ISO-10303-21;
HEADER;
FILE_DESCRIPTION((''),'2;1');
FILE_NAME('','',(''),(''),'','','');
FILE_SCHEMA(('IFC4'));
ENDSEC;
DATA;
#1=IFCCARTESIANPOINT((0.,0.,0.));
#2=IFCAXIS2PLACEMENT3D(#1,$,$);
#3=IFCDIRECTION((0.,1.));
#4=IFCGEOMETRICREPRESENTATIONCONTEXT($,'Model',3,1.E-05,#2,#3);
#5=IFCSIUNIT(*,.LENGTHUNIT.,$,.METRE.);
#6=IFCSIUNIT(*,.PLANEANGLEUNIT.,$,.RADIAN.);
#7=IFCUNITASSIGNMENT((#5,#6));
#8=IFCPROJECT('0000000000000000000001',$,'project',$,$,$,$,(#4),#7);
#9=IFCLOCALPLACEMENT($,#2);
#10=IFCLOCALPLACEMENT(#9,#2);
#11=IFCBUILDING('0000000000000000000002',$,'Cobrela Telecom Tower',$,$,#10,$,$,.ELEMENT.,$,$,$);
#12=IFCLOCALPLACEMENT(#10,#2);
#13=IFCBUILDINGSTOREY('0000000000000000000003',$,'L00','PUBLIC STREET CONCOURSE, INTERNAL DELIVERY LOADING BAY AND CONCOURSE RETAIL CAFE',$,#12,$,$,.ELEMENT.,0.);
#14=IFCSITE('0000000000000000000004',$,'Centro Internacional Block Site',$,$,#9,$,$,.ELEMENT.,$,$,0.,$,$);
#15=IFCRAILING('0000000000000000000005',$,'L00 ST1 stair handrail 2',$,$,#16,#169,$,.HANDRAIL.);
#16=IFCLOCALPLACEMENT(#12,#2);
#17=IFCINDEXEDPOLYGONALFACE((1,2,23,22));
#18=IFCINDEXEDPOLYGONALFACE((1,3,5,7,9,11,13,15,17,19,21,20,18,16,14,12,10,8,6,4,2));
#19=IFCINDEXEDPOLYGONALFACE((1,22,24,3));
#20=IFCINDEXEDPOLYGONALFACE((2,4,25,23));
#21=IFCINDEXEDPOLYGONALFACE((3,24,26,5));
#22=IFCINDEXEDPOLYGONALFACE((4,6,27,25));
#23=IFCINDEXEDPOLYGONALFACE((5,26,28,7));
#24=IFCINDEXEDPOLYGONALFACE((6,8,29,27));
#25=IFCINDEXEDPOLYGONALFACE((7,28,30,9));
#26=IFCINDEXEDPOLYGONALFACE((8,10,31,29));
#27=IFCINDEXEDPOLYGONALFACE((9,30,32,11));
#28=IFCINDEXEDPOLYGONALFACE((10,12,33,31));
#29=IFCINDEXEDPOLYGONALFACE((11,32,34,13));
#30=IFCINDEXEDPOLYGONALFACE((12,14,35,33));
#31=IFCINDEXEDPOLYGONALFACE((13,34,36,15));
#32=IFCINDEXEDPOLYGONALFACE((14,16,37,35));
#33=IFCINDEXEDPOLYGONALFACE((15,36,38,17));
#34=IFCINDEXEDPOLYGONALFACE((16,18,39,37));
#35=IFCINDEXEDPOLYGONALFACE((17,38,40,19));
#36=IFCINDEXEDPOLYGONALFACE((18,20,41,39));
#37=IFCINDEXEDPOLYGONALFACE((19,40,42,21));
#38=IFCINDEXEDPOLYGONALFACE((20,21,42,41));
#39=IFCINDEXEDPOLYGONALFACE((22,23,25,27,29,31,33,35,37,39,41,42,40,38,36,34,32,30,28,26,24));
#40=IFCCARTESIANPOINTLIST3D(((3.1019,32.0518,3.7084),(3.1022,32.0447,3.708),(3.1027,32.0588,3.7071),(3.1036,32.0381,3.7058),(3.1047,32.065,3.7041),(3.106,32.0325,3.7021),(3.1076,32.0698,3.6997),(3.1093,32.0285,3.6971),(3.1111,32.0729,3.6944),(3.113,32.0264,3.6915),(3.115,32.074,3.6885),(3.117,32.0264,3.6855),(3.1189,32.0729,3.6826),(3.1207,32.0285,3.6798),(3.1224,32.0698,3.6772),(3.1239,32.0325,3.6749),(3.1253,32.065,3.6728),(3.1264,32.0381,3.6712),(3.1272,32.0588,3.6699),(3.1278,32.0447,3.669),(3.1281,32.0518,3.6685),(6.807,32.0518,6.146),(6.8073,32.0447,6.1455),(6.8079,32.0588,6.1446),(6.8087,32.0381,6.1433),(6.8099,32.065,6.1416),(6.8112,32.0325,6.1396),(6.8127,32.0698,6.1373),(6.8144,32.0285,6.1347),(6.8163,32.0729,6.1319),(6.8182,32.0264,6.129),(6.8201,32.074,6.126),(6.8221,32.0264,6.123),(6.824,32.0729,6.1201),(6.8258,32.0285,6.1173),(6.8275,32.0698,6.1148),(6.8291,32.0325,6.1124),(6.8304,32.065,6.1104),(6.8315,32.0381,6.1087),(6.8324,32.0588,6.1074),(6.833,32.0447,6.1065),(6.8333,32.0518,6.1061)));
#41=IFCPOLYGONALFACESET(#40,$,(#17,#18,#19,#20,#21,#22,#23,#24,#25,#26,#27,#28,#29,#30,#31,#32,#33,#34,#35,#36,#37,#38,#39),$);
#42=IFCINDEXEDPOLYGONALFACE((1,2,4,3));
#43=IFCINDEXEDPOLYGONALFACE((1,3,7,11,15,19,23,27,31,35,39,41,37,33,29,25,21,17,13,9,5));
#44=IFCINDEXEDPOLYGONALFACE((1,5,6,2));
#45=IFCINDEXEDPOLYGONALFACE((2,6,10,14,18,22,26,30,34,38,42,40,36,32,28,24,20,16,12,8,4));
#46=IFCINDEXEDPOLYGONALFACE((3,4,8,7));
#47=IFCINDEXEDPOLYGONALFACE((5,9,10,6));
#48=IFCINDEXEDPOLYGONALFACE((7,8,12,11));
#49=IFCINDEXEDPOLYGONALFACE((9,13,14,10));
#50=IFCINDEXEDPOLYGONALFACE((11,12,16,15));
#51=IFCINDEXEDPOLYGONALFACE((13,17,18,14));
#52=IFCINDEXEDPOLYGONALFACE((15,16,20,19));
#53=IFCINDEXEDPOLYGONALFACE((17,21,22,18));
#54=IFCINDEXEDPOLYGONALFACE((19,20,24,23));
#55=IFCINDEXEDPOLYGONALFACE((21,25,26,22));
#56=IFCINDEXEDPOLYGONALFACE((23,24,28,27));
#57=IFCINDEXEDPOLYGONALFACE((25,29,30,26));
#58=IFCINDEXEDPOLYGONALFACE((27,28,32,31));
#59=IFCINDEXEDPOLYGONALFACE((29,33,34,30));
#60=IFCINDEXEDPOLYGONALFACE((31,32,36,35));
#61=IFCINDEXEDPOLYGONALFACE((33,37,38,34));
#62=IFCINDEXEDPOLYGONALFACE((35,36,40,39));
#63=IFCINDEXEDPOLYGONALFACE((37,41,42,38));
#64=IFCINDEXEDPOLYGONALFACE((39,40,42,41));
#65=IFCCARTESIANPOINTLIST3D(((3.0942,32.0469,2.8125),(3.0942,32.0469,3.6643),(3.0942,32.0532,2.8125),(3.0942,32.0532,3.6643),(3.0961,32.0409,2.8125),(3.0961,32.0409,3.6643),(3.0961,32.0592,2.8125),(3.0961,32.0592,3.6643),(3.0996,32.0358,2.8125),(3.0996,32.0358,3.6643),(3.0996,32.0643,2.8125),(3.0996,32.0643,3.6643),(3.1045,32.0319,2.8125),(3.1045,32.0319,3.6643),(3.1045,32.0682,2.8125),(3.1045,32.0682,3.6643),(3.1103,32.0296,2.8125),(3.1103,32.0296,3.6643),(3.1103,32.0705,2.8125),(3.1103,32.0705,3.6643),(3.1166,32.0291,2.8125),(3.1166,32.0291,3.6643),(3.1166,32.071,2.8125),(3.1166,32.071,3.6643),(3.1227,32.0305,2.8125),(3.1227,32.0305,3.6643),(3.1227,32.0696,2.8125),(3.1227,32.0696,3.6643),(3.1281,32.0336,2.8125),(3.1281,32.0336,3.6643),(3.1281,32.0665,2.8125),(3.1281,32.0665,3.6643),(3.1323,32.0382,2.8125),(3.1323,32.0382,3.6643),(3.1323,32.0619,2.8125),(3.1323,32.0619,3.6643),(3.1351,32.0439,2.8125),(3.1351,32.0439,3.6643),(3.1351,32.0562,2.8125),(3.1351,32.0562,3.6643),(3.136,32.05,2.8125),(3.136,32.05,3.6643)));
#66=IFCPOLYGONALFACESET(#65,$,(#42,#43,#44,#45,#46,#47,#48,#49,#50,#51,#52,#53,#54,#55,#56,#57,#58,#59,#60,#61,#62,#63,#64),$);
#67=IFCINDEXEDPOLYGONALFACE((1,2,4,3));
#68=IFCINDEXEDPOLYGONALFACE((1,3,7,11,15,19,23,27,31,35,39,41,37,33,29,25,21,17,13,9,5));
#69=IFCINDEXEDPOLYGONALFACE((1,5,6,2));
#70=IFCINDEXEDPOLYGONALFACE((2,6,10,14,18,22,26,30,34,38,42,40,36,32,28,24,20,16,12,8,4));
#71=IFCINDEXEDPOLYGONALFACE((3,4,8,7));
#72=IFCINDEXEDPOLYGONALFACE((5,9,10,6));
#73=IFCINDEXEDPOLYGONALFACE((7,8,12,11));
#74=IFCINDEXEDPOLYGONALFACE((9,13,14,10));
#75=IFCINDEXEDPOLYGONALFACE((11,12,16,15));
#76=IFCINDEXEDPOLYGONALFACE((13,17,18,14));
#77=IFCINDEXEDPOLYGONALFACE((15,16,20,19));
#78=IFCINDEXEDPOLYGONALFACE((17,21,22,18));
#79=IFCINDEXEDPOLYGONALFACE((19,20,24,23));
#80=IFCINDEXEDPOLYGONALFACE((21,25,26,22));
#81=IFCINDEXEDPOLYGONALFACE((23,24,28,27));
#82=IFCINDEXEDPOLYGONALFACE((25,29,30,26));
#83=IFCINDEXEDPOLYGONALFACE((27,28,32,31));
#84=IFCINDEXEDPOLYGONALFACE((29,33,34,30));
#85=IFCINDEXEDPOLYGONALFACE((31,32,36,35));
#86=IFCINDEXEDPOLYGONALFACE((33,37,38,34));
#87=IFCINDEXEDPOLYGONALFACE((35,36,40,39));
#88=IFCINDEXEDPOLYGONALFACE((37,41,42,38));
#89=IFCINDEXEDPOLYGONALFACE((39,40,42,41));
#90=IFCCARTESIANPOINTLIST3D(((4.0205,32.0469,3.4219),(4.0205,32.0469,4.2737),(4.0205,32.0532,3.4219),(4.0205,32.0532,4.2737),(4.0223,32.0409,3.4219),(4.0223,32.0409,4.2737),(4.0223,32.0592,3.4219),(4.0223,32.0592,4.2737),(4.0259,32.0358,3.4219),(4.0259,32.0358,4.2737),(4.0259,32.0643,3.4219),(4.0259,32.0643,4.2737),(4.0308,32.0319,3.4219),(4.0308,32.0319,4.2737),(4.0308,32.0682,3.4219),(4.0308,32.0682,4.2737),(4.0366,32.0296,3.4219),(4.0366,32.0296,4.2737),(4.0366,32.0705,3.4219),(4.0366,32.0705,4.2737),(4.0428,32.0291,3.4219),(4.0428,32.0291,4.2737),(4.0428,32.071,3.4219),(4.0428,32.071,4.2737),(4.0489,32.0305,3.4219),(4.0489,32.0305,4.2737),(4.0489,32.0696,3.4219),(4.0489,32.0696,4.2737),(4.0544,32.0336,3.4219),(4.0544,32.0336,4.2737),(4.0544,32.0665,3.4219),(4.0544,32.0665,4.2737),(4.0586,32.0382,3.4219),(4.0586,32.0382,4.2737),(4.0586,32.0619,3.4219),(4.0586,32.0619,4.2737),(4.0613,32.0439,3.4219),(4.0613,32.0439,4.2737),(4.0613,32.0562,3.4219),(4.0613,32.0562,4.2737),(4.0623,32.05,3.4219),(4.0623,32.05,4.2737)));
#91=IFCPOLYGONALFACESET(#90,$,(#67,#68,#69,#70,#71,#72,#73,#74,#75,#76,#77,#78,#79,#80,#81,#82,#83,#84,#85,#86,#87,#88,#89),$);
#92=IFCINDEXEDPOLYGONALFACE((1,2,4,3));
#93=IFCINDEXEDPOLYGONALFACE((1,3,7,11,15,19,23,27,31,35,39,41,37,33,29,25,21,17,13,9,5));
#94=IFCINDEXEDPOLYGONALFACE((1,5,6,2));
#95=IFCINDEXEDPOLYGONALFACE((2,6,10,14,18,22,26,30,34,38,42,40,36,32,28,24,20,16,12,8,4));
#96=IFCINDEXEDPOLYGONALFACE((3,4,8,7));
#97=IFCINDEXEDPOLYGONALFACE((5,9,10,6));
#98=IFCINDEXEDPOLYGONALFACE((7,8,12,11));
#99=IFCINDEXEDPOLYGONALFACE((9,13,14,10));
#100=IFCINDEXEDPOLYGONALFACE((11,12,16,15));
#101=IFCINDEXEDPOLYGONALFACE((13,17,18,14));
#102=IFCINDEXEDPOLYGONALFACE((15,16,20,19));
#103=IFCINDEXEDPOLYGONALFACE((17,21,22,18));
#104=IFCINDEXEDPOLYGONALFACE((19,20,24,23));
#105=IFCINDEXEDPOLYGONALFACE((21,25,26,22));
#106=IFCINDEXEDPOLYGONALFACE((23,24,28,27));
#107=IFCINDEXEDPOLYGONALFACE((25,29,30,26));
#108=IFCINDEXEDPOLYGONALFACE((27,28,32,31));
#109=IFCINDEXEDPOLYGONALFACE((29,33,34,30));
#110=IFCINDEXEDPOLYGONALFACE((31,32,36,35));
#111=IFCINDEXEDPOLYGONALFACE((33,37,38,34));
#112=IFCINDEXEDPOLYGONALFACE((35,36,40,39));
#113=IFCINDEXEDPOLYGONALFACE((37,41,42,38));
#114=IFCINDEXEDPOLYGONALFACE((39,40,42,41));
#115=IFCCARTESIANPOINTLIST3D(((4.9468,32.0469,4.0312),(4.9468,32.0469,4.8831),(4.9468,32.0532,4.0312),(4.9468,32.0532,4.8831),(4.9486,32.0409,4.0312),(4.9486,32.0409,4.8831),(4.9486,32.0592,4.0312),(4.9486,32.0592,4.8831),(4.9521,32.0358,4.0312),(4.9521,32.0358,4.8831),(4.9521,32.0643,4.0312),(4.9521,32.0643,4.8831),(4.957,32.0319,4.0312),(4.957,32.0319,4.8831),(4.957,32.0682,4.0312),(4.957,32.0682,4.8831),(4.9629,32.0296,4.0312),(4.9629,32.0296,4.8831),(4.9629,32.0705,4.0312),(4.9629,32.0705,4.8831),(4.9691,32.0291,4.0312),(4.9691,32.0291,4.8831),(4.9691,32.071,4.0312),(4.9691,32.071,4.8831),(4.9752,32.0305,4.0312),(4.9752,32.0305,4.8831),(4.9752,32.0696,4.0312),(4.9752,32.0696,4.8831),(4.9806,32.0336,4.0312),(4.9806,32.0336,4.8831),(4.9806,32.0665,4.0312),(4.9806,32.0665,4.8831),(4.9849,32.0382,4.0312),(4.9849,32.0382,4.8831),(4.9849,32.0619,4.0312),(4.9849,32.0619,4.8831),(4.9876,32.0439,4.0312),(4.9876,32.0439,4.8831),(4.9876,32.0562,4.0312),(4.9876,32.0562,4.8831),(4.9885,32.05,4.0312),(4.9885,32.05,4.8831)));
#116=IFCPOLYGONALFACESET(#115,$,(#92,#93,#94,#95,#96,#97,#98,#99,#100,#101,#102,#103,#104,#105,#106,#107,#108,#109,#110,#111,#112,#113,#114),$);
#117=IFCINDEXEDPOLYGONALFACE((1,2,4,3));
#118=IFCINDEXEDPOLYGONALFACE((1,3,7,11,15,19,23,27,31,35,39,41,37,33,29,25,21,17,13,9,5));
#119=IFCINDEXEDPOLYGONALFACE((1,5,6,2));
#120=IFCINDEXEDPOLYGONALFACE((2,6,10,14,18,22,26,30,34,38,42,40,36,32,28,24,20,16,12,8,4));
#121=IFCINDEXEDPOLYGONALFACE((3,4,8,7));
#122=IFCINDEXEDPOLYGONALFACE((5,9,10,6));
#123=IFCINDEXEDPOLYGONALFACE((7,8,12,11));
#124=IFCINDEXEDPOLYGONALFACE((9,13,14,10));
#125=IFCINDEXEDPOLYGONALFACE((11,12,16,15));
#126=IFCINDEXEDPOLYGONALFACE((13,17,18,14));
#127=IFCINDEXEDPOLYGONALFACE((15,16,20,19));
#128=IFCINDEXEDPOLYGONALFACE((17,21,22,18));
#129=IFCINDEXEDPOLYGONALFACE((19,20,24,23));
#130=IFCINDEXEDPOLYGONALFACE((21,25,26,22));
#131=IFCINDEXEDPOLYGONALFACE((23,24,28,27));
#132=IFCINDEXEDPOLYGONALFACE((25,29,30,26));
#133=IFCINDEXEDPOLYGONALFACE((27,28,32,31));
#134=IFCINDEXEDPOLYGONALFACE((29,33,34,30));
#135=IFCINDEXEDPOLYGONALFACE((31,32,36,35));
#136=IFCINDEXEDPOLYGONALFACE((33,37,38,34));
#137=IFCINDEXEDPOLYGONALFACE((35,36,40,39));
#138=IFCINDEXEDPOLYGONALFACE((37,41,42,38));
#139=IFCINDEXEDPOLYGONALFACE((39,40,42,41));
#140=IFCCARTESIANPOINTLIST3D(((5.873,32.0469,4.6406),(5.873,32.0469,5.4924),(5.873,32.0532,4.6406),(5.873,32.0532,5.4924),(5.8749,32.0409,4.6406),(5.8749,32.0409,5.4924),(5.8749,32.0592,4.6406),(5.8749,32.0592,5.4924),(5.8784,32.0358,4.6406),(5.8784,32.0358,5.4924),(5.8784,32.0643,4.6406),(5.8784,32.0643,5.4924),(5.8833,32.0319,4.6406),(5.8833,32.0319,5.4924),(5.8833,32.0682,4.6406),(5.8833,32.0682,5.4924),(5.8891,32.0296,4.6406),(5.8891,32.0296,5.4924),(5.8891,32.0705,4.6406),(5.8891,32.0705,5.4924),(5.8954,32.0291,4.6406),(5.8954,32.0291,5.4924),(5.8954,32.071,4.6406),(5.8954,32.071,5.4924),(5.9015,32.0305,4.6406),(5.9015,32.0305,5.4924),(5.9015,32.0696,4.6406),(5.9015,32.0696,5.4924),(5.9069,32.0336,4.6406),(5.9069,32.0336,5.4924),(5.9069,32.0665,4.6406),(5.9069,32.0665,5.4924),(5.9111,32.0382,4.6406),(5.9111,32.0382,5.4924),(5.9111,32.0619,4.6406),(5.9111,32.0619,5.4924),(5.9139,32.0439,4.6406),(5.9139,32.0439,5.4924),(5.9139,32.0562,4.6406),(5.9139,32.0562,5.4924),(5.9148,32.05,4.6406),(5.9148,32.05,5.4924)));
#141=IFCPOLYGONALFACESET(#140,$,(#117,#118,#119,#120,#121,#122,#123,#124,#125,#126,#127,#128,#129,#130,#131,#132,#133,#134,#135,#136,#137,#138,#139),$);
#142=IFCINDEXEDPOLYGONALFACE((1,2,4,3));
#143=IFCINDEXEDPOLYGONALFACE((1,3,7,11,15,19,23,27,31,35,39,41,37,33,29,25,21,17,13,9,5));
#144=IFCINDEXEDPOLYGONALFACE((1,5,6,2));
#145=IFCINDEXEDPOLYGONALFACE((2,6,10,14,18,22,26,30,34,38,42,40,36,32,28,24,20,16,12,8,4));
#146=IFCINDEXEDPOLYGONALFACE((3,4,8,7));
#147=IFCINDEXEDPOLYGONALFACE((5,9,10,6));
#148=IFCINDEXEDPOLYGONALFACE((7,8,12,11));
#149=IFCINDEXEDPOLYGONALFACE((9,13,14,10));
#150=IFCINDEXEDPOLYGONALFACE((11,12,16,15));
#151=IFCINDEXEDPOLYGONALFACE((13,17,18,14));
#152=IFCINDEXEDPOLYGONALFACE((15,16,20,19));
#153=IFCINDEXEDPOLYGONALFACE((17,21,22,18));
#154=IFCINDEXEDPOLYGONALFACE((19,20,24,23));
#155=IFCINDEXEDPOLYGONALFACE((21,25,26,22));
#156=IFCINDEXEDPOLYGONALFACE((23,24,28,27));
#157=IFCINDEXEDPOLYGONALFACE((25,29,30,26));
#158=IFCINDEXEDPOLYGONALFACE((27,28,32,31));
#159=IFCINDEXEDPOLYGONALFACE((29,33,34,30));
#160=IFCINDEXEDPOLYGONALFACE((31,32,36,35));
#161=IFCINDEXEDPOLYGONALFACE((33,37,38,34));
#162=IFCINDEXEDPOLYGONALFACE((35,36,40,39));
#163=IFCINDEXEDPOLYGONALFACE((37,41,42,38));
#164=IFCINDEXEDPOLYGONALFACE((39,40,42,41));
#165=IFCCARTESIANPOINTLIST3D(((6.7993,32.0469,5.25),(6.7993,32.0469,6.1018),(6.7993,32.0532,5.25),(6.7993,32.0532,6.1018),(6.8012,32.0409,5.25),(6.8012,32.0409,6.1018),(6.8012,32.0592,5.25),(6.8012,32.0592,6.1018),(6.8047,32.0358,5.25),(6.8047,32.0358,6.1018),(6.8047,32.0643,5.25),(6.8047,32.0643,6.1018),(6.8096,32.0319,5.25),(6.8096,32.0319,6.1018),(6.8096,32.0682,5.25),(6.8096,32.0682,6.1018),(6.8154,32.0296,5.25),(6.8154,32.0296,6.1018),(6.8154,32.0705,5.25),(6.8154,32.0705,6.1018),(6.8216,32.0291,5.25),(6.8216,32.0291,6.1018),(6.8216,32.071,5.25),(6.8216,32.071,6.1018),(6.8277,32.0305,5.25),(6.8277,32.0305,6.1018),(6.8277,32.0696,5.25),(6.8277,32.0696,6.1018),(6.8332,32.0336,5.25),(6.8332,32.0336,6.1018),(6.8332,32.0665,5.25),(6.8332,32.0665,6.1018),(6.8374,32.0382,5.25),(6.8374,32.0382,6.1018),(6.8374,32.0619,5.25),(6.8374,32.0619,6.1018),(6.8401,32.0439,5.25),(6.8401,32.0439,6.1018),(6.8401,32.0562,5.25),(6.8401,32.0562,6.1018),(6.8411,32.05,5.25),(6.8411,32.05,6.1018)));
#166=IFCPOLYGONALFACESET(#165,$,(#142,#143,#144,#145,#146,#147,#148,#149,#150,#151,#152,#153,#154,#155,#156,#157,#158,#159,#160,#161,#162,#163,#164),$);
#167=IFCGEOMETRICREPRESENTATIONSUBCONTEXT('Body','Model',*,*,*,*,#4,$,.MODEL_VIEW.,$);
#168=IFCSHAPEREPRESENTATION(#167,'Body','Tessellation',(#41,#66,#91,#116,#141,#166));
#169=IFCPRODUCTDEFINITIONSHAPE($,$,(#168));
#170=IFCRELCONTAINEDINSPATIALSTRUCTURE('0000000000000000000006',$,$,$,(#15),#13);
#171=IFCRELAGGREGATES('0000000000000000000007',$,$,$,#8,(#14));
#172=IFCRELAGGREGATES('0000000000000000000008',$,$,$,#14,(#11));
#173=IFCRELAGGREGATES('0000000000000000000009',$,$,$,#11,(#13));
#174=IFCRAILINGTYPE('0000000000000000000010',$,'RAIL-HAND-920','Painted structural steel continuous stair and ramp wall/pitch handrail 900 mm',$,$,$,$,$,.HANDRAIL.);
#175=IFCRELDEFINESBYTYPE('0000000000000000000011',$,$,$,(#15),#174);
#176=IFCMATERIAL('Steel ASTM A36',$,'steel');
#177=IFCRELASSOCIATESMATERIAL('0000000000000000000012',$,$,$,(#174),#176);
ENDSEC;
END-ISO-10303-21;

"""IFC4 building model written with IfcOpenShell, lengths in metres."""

from ifc_helpers import new_model, si_unit, direction, frame, origin, origin_2d, place, context, subcontext, project, spatial, circle, extrude, material, type_object, element, save


model = new_model("IFC4")

# Units and contexts
model_context = context("Model", 3, precision=1e-05, world=origin(), true_north=direction((0.0, 1.0)))
body_context = subcontext(model_context, "Body", "Model", "MODEL_VIEW")
ifc_project = project(units=[si_unit("LENGTHUNIT", "METRE"), si_unit("PLANEANGLEUNIT", "RADIAN")], contexts=[model_context])

# Site, building, storey
site_placement = place(None, origin())
site = spatial("IfcSite", under=ifc_project, at=site_placement, Name="Centro Internacional Block Site", CompositionType="ELEMENT", RefElevation=0.0)
building_placement = place(site_placement, origin())
building = spatial("IfcBuilding", under=site, at=building_placement, Name="Cobrela Telecom Tower", CompositionType="ELEMENT")
storey_placement = place(building_placement, origin())
storey = spatial("IfcBuildingStorey", under=building, at=storey_placement, Name="L00", Description="PUBLIC STREET CONCOURSE, INTERNAL DELIVERY LOADING BAY AND CONCOURSE RETAIL CAFE", CompositionType="ELEMENT", Elevation=0.0)

# Shared definitions
ifc_material_1 = material(Name="Steel ASTM A36", Category="steel")

# Railing
railing_type_1 = type_object("IfcRailingType", Name="RAIL-HAND-920", Description="Painted structural steel continuous stair and ramp wall/pitch handrail 900 mm", PredefinedType="HANDRAIL", material=ifc_material_1)
railing_1_placement = place(storey_placement, frame((3.115, 32.05, 2.8125)))
element("IfcRailing", 1, at=railing_1_placement, inside=storey, type_object=railing_type_1, Name="L00 ST1 stair handrail 2", PredefinedType="HANDRAIL", context=body_context, shape_type="SweptSolid", body=[
    extrude(circle(Radius=0.0239, at=origin_2d()), frame((0.0, 0.0, 0.876), z_axis=(0.835422, 0.0, 0.549608), x_axis=(0.0, 1.0, 0.0)), (0.0, 0.0, 1.0), 4.4351),
    extrude(circle(Radius=0.021, at=origin_2d()), origin(), (0.0, 0.0, 1.0), 0.8518),
    extrude(circle(Radius=0.021, at=origin_2d()), frame((0.9263, 0.0, 0.6094)), (0.0, 0.0, 1.0), 0.8518),
    extrude(circle(Radius=0.021, at=origin_2d()), frame((1.8525, 0.0, 1.2188)), (0.0, 0.0, 1.0), 0.8518),
    extrude(circle(Radius=0.021, at=origin_2d()), frame((2.7788, 0.0, 1.8281)), (0.0, 0.0, 1.0), 0.8518),
    extrude(circle(Radius=0.021, at=origin_2d()), frame((3.7051, 0.0, 2.4375)), (0.0, 0.0, 1.0), 0.8518),
])

save(model, "model.ifc")
